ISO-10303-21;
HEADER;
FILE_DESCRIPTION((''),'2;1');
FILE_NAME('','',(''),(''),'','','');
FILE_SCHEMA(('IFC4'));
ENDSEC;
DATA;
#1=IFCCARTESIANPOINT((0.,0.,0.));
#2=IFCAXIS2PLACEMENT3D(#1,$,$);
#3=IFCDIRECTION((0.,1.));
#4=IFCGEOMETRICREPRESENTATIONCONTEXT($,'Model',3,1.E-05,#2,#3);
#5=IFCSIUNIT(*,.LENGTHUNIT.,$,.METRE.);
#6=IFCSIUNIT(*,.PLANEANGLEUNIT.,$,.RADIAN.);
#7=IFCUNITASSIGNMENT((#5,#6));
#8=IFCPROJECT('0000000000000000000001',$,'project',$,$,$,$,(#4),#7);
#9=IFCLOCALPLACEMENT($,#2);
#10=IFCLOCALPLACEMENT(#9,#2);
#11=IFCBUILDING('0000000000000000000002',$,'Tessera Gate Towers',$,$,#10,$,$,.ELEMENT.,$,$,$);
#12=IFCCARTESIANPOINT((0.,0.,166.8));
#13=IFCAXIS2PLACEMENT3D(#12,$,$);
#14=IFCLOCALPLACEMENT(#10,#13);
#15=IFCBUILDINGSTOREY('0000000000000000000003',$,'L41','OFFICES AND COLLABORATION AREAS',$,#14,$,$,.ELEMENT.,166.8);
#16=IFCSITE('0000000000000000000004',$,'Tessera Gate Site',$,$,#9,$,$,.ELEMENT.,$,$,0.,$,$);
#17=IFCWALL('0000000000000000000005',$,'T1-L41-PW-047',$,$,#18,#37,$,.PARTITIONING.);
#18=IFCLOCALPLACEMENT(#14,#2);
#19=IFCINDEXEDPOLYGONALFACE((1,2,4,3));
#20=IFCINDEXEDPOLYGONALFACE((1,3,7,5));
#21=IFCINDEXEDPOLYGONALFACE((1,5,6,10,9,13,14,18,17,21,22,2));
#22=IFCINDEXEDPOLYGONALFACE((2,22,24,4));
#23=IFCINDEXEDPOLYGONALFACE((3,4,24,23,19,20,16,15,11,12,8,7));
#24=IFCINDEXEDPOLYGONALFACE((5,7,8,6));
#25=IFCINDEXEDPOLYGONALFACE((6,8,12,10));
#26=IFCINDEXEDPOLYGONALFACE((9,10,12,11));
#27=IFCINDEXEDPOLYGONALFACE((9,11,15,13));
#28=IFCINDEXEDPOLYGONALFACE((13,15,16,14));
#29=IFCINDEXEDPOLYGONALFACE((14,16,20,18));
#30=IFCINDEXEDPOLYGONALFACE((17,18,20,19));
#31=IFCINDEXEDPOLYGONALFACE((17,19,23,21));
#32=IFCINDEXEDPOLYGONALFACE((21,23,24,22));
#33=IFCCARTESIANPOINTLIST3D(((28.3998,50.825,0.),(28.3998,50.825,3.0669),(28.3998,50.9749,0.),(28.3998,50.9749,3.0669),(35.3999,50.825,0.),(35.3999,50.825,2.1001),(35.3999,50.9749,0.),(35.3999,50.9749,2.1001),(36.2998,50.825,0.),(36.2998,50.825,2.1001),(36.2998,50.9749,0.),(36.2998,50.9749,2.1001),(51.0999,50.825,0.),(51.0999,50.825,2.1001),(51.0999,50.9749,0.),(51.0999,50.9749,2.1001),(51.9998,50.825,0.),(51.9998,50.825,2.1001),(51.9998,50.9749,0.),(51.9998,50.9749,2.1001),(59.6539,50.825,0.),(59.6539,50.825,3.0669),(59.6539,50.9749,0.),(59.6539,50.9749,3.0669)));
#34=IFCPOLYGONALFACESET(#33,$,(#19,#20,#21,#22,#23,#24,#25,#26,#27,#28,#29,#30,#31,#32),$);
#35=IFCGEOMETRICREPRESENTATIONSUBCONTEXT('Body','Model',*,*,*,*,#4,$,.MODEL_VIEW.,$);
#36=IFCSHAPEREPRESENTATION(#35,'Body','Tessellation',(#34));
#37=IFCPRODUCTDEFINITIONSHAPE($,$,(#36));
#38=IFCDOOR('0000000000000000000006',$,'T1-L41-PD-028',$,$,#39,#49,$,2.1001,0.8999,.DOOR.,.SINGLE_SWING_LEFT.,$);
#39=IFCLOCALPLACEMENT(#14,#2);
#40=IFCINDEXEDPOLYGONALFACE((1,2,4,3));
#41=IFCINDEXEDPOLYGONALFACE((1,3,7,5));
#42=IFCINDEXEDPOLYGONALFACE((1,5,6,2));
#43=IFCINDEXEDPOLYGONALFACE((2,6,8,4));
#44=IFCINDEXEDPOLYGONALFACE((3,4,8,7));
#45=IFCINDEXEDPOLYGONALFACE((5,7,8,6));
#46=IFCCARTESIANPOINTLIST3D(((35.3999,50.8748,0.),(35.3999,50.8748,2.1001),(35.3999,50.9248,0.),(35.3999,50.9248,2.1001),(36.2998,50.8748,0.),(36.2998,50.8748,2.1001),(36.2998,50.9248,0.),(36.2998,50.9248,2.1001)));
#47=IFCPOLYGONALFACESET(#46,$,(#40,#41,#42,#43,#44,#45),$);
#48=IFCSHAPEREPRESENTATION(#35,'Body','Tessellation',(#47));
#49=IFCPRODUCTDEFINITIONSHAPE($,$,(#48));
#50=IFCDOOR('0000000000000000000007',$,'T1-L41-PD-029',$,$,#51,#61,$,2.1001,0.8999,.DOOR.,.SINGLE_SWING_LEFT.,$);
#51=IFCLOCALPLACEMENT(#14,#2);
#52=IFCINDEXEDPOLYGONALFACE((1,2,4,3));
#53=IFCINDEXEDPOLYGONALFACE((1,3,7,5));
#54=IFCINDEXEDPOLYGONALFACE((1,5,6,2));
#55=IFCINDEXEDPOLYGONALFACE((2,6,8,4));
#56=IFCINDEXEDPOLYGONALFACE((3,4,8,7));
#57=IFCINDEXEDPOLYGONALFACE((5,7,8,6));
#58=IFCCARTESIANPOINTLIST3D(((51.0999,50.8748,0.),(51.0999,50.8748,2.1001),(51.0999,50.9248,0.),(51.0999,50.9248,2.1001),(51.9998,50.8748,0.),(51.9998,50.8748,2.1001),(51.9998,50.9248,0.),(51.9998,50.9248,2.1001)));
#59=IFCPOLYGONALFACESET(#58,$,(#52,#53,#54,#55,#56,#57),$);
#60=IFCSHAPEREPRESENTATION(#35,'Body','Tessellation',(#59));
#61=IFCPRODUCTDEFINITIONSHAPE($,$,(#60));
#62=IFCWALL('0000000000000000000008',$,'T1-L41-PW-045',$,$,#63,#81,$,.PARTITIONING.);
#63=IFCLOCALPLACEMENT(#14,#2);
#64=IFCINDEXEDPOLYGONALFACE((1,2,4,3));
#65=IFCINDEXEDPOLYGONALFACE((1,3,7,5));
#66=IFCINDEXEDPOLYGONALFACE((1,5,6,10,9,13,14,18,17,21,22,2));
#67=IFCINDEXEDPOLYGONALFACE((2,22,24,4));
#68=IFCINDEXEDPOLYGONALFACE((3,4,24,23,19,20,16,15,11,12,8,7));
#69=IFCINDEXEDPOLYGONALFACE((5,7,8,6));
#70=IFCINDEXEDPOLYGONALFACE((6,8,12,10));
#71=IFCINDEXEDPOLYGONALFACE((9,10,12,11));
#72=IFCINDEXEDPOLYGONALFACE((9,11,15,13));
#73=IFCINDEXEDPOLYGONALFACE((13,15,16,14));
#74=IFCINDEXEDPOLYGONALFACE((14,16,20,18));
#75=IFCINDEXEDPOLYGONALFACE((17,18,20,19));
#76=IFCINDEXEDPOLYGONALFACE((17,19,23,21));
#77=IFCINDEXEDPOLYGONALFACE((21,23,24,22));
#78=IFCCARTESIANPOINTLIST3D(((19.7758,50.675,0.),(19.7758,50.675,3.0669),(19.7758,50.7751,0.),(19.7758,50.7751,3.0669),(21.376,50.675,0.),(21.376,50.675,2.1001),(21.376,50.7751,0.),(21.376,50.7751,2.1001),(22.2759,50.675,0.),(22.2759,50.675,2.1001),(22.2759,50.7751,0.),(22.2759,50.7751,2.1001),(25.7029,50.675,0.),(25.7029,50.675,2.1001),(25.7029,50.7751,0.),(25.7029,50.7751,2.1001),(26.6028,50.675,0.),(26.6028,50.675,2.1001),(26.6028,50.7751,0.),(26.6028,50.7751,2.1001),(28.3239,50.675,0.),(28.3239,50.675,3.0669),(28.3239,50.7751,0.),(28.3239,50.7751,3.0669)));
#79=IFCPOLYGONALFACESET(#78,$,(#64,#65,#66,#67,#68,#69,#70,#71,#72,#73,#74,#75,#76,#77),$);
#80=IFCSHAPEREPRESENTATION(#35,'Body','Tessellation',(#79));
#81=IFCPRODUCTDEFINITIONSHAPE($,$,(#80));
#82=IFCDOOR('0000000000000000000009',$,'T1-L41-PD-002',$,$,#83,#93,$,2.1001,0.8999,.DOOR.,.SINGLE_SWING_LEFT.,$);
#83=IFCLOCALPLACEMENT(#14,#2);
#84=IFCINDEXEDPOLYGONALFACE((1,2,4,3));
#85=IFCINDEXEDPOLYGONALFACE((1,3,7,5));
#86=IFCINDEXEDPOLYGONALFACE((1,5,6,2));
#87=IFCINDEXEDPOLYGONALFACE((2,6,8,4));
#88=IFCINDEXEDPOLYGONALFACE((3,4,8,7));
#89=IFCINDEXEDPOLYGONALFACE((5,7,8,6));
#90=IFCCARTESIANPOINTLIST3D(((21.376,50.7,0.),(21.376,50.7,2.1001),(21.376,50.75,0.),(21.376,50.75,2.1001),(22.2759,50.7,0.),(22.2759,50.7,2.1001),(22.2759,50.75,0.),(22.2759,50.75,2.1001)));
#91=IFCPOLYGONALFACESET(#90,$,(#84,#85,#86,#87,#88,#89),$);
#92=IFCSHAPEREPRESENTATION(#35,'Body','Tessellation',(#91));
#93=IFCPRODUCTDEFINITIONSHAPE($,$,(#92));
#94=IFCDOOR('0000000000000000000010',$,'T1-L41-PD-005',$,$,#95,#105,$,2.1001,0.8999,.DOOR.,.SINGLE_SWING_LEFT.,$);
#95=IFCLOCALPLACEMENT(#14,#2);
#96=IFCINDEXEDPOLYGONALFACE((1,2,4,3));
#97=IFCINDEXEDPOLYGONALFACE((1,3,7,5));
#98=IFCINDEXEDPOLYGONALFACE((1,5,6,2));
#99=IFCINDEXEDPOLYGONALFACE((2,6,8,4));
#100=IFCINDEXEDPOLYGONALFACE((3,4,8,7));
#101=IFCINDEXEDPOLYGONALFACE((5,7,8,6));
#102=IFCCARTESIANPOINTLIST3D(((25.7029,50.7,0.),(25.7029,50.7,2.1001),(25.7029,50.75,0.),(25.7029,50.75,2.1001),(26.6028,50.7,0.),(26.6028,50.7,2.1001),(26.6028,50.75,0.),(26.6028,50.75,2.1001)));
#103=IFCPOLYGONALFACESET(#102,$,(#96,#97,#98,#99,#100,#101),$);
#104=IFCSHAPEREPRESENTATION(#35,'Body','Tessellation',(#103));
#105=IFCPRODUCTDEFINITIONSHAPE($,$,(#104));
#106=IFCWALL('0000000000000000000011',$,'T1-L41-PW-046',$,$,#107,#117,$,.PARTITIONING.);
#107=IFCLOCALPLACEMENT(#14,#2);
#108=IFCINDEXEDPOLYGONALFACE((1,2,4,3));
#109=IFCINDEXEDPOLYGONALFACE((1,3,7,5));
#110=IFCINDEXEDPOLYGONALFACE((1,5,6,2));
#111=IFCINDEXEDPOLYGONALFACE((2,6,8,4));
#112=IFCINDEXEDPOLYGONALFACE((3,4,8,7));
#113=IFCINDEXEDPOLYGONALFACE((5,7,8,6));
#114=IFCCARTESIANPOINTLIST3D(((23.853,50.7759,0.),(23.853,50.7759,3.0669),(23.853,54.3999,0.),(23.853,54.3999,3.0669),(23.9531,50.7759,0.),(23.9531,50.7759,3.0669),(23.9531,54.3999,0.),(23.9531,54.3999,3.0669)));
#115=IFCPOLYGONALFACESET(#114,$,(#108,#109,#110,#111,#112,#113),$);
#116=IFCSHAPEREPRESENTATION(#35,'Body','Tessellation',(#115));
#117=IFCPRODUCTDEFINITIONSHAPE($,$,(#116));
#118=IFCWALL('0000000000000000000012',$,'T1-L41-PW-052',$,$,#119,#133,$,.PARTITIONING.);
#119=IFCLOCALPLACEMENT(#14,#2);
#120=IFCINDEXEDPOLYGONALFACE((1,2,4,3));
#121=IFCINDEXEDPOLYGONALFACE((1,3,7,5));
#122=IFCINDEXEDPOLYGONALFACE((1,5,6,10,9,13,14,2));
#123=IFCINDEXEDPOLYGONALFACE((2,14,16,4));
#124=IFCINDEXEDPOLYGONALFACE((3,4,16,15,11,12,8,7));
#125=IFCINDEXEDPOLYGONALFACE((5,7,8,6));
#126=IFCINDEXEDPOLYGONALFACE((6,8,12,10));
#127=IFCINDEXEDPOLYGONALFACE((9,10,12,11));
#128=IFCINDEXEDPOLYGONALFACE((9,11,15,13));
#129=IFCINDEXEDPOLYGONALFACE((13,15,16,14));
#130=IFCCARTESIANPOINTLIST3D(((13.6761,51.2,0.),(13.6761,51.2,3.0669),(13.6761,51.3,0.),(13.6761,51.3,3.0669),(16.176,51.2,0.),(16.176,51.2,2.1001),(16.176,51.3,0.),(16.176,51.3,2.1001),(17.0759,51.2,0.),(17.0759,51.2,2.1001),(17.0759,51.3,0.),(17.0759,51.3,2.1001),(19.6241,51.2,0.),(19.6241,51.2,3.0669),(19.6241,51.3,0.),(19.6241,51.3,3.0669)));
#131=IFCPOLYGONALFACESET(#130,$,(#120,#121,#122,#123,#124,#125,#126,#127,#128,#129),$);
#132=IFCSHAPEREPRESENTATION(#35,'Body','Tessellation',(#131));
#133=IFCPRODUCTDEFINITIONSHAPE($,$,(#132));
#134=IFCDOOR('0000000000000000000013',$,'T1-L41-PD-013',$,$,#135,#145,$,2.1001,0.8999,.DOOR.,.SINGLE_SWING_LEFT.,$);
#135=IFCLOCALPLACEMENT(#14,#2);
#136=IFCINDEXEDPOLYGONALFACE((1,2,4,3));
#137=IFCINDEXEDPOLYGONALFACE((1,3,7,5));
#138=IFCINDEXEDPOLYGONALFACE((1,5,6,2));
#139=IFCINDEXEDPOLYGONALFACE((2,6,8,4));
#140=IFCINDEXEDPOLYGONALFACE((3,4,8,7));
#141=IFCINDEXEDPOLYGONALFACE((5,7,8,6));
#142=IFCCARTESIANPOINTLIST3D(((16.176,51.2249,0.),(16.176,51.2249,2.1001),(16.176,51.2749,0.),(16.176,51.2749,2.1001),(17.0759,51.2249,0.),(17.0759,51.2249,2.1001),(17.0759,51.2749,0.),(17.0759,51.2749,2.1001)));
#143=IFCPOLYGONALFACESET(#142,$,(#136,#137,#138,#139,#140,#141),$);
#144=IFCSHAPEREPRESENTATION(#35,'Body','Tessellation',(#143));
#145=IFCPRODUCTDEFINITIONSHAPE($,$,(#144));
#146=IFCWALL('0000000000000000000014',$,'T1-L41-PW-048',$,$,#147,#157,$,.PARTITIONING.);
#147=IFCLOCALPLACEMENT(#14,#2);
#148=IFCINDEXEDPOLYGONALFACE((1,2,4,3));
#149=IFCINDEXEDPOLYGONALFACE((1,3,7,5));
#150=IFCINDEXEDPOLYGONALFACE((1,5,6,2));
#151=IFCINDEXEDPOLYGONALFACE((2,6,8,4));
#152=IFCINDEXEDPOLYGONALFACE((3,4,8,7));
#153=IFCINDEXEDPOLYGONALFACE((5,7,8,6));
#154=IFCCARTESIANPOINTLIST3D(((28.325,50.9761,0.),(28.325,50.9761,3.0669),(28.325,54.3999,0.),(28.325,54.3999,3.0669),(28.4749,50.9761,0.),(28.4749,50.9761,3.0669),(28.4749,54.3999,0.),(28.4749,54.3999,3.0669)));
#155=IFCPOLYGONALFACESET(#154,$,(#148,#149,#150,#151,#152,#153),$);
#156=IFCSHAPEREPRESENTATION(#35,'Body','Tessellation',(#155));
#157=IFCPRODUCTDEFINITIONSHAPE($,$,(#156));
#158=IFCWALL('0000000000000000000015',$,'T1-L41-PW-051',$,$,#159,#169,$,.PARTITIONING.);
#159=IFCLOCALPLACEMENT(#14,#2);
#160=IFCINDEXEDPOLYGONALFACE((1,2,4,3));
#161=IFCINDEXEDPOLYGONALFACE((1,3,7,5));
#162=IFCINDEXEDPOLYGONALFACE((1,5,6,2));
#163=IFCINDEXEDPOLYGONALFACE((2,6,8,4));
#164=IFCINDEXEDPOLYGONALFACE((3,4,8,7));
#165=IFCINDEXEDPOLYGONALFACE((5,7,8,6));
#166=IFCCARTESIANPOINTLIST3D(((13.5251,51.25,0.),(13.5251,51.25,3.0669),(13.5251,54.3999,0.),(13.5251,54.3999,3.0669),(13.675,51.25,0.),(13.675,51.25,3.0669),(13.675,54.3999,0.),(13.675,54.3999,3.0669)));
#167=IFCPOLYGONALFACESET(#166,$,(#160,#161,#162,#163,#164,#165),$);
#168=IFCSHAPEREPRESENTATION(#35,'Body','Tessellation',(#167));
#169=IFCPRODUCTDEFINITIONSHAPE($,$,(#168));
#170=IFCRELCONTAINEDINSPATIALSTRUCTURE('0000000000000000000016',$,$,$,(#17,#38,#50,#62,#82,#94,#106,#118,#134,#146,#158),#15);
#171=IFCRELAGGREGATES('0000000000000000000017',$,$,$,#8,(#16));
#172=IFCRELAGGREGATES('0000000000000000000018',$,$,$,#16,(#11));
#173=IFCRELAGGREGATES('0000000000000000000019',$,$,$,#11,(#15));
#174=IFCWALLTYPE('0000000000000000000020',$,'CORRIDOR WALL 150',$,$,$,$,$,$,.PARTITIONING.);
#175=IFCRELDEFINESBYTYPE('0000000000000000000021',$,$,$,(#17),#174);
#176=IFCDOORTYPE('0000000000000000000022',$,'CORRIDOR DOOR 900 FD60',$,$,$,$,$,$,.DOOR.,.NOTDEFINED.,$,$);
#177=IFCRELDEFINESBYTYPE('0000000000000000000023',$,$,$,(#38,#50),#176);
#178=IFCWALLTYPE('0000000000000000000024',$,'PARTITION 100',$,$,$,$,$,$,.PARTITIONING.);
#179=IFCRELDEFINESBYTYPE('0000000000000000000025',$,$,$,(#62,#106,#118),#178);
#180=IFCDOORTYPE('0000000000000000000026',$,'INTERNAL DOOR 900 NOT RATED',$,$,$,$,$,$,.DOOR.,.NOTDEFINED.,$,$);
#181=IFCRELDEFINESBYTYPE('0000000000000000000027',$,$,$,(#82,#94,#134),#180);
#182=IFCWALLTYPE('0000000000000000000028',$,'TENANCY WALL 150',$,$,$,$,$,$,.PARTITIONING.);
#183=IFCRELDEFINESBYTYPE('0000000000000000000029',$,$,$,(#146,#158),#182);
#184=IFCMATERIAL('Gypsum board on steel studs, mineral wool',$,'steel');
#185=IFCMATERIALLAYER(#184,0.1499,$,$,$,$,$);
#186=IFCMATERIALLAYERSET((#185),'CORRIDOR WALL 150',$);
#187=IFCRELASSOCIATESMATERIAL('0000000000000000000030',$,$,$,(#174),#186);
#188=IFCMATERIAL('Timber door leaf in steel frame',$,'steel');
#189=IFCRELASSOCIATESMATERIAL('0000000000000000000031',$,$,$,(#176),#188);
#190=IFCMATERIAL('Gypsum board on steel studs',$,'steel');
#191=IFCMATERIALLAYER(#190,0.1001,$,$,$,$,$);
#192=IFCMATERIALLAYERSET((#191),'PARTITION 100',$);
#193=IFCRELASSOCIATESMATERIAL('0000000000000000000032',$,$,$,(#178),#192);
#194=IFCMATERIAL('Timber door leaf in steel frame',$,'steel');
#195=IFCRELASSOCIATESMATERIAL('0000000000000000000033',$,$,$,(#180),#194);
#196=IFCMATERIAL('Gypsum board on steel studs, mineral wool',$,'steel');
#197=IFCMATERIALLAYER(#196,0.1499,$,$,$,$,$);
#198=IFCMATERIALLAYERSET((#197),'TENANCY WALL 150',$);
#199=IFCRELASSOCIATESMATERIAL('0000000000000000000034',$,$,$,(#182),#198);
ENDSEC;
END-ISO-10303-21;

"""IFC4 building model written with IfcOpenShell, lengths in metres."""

from ifc_helpers import new_model, si_unit, direction, frame, frame_2d, origin, place, context, subcontext, project, spatial, rectangle, extrude, source, transform, mapped, material, layer, layer_set, type_object, element, fill, save


model = new_model("IFC4")

# Units and contexts
model_context = context("Model", 3, precision=1e-05, world=origin(), true_north=direction((0.0, 1.0)))
body_context = subcontext(model_context, "Body", "Model", "MODEL_VIEW")
ifc_project = project(units=[si_unit("LENGTHUNIT", "METRE"), si_unit("PLANEANGLEUNIT", "RADIAN")], contexts=[model_context])

# Site, building, storey
site_placement = place(None, origin())
site = spatial("IfcSite", under=ifc_project, at=site_placement, Name="Tessera Gate Site", CompositionType="ELEMENT", RefElevation=0.0)
building_placement = place(site_placement, origin())
building = spatial("IfcBuilding", under=site, at=building_placement, Name="Tessera Gate Towers", CompositionType="ELEMENT")
storey_placement = place(building_placement, frame((0.0, 0.0, 166.8)))
storey = spatial("IfcBuildingStorey", under=building, at=storey_placement, Name="L41", Description="OFFICES AND COLLABORATION AREAS", CompositionType="ELEMENT", Elevation=166.8)

# Shared definitions
ifc_material_1 = material(Name="Gypsum board on steel studs, mineral wool", Category="steel")
ifc_layer_1 = layer(ifc_material_1, 0.1499)
ifc_layer_set_1 = layer_set([ifc_layer_1], Name="CORRIDOR WALL 150")
wall_type_1 = type_object("IfcWallType", Name="CORRIDOR WALL 150", PredefinedType="PARTITIONING", material=ifc_layer_set_1)

# Walls, openings, doors
wall_1_placement = place(storey_placement, frame((28.3999, 50.8999, 0.0), z_axis=(0.0, 0.0, 1.0), x_axis=(1.0, 0.0, 0.0)))
wall_1 = element("IfcWall", 1, at=wall_1_placement, inside=storey, type_object=wall_type_1, Name="T1-L41-PW-047", PredefinedType="PARTITIONING", context=body_context, shape_type="SweptSolid", body=[
    extrude(rectangle(XDim=31.2542, YDim=0.1499, at=frame_2d((15.627, 0.0))), origin(), (0.0, 0.0, 1.0), 3.0669),
])
shared_shape_1 = source(origin(), body_context, "Body", "SweptSolid", [
    extrude(rectangle(XDim=0.8999, YDim=2.1001, at=frame_2d((0.45, 1.05))), frame((0.0, 0.085, 0.0), z_axis=(0.0, -1.0, 0.0), x_axis=(1.0, 0.0, 0.0)), (0.0, 0.0, 1.0), 0.1699),
])
opening_1_placement = place(wall_1_placement, frame((7.0, 0.0, 0.0)))
opening_1 = element("IfcOpeningElement", 2, at=opening_1_placement, cuts=wall_1, PredefinedType="OPENING", context=body_context, shape_type="MappedRepresentation", body=[
    mapped(shared_shape_1, transform((0.0, 0.0, 0.0), scale=1.0)),
])
opening_2_placement = place(wall_1_placement, frame((22.7, 0.0, 0.0)))
opening_2 = element("IfcOpeningElement", 3, at=opening_2_placement, cuts=wall_1, PredefinedType="OPENING", context=body_context, shape_type="MappedRepresentation", body=[
    mapped(shared_shape_1, transform((0.0, 0.0, 0.0), scale=1.0)),
])
ifc_material_2 = material(Name="Timber door leaf in steel frame", Category="steel")
door_type_1 = type_object("IfcDoorType", Name="CORRIDOR DOOR 900 FD60", OperationType="NOTDEFINED", PredefinedType="DOOR", material=ifc_material_2)
shared_shape_2 = source(origin(), body_context, "Body", "SweptSolid", [
    extrude(rectangle(XDim=0.8999, YDim=2.1001, at=frame_2d((0.45, 1.05))), frame((0.0, 0.0249, 0.0), z_axis=(0.0, -1.0, 0.0), x_axis=(1.0, 0.0, 0.0)), (0.0, 0.0, 1.0), 0.05),
])
door_1_placement = place(opening_1_placement, origin())
door_1 = element("IfcDoor", 4, at=door_1_placement, inside=storey, type_object=door_type_1, Name="T1-L41-PD-028", OperationType="SINGLE_SWING_LEFT", OverallHeight=2.1001, OverallWidth=0.8999, PredefinedType="DOOR", context=body_context, shape_type="MappedRepresentation", body=[
    mapped(shared_shape_2, transform((0.0, 0.0, 0.0), scale=1.0)),
])
fill(opening_1, door_1)
door_2_placement = place(opening_2_placement, origin())
door_2 = element("IfcDoor", 5, at=door_2_placement, inside=storey, type_object=door_type_1, Name="T1-L41-PD-029", OperationType="SINGLE_SWING_LEFT", OverallHeight=2.1001, OverallWidth=0.8999, PredefinedType="DOOR", context=body_context, shape_type="MappedRepresentation", body=[
    mapped(shared_shape_2, transform((0.0, 0.0, 0.0), scale=1.0)),
])
fill(opening_2, door_2)
ifc_material_3 = material(Name="Gypsum board on steel studs", Category="steel")
ifc_layer_2 = layer(ifc_material_3, 0.1001)
ifc_layer_set_2 = layer_set([ifc_layer_2], Name="PARTITION 100")
wall_type_2 = type_object("IfcWallType", Name="PARTITION 100", PredefinedType="PARTITIONING", material=ifc_layer_set_2)
wall_2_placement = place(storey_placement, frame((19.7759, 50.7251, 0.0), z_axis=(0.0, 0.0, 1.0), x_axis=(1.0, 0.0, 0.0)))
wall_2 = element("IfcWall", 6, at=wall_2_placement, inside=storey, type_object=wall_type_2, Name="T1-L41-PW-045", PredefinedType="PARTITIONING", context=body_context, shape_type="SweptSolid", body=[
    extrude(rectangle(XDim=8.5481, YDim=0.1001, at=frame_2d((4.2739, 0.0))), origin(), (0.0, 0.0, 1.0), 3.0669),
])
shared_shape_3 = source(origin(), body_context, "Body", "SweptSolid", [
    extrude(rectangle(XDim=0.8999, YDim=2.1001, at=frame_2d((0.45, 1.05))), frame((0.0, 0.0601, 0.0), z_axis=(0.0, -1.0, 0.0), x_axis=(1.0, 0.0, 0.0)), (0.0, 0.0, 1.0), 0.1201),
])
opening_3_placement = place(wall_2_placement, frame((1.6001, 0.0, 0.0)))
opening_3 = element("IfcOpeningElement", 7, at=opening_3_placement, cuts=wall_2, PredefinedType="OPENING", context=body_context, shape_type="MappedRepresentation", body=[
    mapped(shared_shape_3, transform((0.0, 0.0, 0.0), scale=1.0)),
])
opening_4_placement = place(wall_2_placement, frame((5.927, 0.0, 0.0)))
opening_4 = element("IfcOpeningElement", 8, at=opening_4_placement, cuts=wall_2, PredefinedType="OPENING", context=body_context, shape_type="MappedRepresentation", body=[
    mapped(shared_shape_3, transform((0.0, 0.0, 0.0), scale=1.0)),
])
ifc_material_4 = material(Name="Timber door leaf in steel frame", Category="steel")
door_type_2 = type_object("IfcDoorType", Name="INTERNAL DOOR 900 NOT RATED", OperationType="NOTDEFINED", PredefinedType="DOOR", material=ifc_material_4)
door_3_placement = place(opening_3_placement, origin())
door_3 = element("IfcDoor", 9, at=door_3_placement, inside=storey, type_object=door_type_2, Name="T1-L41-PD-002", OperationType="SINGLE_SWING_LEFT", OverallHeight=2.1001, OverallWidth=0.8999, PredefinedType="DOOR", context=body_context, shape_type="MappedRepresentation", body=[
    mapped(shared_shape_2, transform((0.0, 0.0, 0.0), scale=1.0)),
])
fill(opening_3, door_3)
door_4_placement = place(opening_4_placement, origin())
door_4 = element("IfcDoor", 10, at=door_4_placement, inside=storey, type_object=door_type_2, Name="T1-L41-PD-005", OperationType="SINGLE_SWING_LEFT", OverallHeight=2.1001, OverallWidth=0.8999, PredefinedType="DOOR", context=body_context, shape_type="MappedRepresentation", body=[
    mapped(shared_shape_2, transform((0.0, 0.0, 0.0), scale=1.0)),
])
fill(opening_4, door_4)

# Wall
wall_3_placement = place(storey_placement, frame((23.9031, 50.7759, 0.0), z_axis=(0.0, 0.0, 1.0), x_axis=(0.0, 1.0, 0.0)))
element("IfcWall", 11, at=wall_3_placement, inside=storey, type_object=wall_type_2, Name="T1-L41-PW-046", PredefinedType="PARTITIONING", context=body_context, shape_type="SweptSolid", body=[
    extrude(rectangle(XDim=3.624, YDim=0.1001, at=frame_2d((1.812, 0.0))), origin(), (0.0, 0.0, 1.0), 3.0669),
])

# Wall, opening, door
wall_4_placement = place(storey_placement, frame((13.676, 51.25, 0.0), z_axis=(0.0, 0.0, 1.0), x_axis=(1.0, 0.0, 0.0)))
wall_4 = element("IfcWall", 12, at=wall_4_placement, inside=storey, type_object=wall_type_2, Name="T1-L41-PW-052", PredefinedType="PARTITIONING", context=body_context, shape_type="SweptSolid", body=[
    extrude(rectangle(XDim=5.948, YDim=0.1001, at=frame_2d((2.9741, 0.0))), origin(), (0.0, 0.0, 1.0), 3.0669),
])
opening_5_placement = place(wall_4_placement, frame((2.5, 0.0, 0.0)))
opening_5 = element("IfcOpeningElement", 13, at=opening_5_placement, cuts=wall_4, PredefinedType="OPENING", context=body_context, shape_type="MappedRepresentation", body=[
    mapped(shared_shape_3, transform((0.0, 0.0, 0.0), scale=1.0)),
])
door_5_placement = place(opening_5_placement, origin())
door_5 = element("IfcDoor", 14, at=door_5_placement, inside=storey, type_object=door_type_2, Name="T1-L41-PD-013", OperationType="SINGLE_SWING_LEFT", OverallHeight=2.1001, OverallWidth=0.8999, PredefinedType="DOOR", context=body_context, shape_type="MappedRepresentation", body=[
    mapped(shared_shape_2, transform((0.0, 0.0, 0.0), scale=1.0)),
])
fill(opening_5, door_5)

# Walls
ifc_material_5 = material(Name="Gypsum board on steel studs, mineral wool", Category="steel")
ifc_layer_3 = layer(ifc_material_5, 0.1499)
ifc_layer_set_3 = layer_set([ifc_layer_3], Name="TENANCY WALL 150")
wall_type_3 = type_object("IfcWallType", Name="TENANCY WALL 150", PredefinedType="PARTITIONING", material=ifc_layer_set_3)
wall_5_placement = place(storey_placement, frame((28.3999, 50.9761, 0.0), z_axis=(0.0, 0.0, 1.0), x_axis=(0.0, 1.0, 0.0)))
element("IfcWall", 15, at=wall_5_placement, inside=storey, type_object=wall_type_3, Name="T1-L41-PW-048", PredefinedType="PARTITIONING", context=body_context, shape_type="SweptSolid", body=[
    extrude(rectangle(XDim=3.4238, YDim=0.1499, at=frame_2d((1.7119, 0.0))), origin(), (0.0, 0.0, 1.0), 3.0669),
])
wall_6_placement = place(storey_placement, frame((13.6001, 51.25, 0.0), z_axis=(0.0, 0.0, 1.0), x_axis=(0.0, 1.0, 0.0)))
element("IfcWall", 16, at=wall_6_placement, inside=storey, type_object=wall_type_3, Name="T1-L41-PW-051", PredefinedType="PARTITIONING", context=body_context, shape_type="SweptSolid", body=[
    extrude(rectangle(XDim=3.1499, YDim=0.1499, at=frame_2d((1.575, 0.0))), origin(), (0.0, 0.0, 1.0), 3.0669),
])

save(model, "model.ifc")
